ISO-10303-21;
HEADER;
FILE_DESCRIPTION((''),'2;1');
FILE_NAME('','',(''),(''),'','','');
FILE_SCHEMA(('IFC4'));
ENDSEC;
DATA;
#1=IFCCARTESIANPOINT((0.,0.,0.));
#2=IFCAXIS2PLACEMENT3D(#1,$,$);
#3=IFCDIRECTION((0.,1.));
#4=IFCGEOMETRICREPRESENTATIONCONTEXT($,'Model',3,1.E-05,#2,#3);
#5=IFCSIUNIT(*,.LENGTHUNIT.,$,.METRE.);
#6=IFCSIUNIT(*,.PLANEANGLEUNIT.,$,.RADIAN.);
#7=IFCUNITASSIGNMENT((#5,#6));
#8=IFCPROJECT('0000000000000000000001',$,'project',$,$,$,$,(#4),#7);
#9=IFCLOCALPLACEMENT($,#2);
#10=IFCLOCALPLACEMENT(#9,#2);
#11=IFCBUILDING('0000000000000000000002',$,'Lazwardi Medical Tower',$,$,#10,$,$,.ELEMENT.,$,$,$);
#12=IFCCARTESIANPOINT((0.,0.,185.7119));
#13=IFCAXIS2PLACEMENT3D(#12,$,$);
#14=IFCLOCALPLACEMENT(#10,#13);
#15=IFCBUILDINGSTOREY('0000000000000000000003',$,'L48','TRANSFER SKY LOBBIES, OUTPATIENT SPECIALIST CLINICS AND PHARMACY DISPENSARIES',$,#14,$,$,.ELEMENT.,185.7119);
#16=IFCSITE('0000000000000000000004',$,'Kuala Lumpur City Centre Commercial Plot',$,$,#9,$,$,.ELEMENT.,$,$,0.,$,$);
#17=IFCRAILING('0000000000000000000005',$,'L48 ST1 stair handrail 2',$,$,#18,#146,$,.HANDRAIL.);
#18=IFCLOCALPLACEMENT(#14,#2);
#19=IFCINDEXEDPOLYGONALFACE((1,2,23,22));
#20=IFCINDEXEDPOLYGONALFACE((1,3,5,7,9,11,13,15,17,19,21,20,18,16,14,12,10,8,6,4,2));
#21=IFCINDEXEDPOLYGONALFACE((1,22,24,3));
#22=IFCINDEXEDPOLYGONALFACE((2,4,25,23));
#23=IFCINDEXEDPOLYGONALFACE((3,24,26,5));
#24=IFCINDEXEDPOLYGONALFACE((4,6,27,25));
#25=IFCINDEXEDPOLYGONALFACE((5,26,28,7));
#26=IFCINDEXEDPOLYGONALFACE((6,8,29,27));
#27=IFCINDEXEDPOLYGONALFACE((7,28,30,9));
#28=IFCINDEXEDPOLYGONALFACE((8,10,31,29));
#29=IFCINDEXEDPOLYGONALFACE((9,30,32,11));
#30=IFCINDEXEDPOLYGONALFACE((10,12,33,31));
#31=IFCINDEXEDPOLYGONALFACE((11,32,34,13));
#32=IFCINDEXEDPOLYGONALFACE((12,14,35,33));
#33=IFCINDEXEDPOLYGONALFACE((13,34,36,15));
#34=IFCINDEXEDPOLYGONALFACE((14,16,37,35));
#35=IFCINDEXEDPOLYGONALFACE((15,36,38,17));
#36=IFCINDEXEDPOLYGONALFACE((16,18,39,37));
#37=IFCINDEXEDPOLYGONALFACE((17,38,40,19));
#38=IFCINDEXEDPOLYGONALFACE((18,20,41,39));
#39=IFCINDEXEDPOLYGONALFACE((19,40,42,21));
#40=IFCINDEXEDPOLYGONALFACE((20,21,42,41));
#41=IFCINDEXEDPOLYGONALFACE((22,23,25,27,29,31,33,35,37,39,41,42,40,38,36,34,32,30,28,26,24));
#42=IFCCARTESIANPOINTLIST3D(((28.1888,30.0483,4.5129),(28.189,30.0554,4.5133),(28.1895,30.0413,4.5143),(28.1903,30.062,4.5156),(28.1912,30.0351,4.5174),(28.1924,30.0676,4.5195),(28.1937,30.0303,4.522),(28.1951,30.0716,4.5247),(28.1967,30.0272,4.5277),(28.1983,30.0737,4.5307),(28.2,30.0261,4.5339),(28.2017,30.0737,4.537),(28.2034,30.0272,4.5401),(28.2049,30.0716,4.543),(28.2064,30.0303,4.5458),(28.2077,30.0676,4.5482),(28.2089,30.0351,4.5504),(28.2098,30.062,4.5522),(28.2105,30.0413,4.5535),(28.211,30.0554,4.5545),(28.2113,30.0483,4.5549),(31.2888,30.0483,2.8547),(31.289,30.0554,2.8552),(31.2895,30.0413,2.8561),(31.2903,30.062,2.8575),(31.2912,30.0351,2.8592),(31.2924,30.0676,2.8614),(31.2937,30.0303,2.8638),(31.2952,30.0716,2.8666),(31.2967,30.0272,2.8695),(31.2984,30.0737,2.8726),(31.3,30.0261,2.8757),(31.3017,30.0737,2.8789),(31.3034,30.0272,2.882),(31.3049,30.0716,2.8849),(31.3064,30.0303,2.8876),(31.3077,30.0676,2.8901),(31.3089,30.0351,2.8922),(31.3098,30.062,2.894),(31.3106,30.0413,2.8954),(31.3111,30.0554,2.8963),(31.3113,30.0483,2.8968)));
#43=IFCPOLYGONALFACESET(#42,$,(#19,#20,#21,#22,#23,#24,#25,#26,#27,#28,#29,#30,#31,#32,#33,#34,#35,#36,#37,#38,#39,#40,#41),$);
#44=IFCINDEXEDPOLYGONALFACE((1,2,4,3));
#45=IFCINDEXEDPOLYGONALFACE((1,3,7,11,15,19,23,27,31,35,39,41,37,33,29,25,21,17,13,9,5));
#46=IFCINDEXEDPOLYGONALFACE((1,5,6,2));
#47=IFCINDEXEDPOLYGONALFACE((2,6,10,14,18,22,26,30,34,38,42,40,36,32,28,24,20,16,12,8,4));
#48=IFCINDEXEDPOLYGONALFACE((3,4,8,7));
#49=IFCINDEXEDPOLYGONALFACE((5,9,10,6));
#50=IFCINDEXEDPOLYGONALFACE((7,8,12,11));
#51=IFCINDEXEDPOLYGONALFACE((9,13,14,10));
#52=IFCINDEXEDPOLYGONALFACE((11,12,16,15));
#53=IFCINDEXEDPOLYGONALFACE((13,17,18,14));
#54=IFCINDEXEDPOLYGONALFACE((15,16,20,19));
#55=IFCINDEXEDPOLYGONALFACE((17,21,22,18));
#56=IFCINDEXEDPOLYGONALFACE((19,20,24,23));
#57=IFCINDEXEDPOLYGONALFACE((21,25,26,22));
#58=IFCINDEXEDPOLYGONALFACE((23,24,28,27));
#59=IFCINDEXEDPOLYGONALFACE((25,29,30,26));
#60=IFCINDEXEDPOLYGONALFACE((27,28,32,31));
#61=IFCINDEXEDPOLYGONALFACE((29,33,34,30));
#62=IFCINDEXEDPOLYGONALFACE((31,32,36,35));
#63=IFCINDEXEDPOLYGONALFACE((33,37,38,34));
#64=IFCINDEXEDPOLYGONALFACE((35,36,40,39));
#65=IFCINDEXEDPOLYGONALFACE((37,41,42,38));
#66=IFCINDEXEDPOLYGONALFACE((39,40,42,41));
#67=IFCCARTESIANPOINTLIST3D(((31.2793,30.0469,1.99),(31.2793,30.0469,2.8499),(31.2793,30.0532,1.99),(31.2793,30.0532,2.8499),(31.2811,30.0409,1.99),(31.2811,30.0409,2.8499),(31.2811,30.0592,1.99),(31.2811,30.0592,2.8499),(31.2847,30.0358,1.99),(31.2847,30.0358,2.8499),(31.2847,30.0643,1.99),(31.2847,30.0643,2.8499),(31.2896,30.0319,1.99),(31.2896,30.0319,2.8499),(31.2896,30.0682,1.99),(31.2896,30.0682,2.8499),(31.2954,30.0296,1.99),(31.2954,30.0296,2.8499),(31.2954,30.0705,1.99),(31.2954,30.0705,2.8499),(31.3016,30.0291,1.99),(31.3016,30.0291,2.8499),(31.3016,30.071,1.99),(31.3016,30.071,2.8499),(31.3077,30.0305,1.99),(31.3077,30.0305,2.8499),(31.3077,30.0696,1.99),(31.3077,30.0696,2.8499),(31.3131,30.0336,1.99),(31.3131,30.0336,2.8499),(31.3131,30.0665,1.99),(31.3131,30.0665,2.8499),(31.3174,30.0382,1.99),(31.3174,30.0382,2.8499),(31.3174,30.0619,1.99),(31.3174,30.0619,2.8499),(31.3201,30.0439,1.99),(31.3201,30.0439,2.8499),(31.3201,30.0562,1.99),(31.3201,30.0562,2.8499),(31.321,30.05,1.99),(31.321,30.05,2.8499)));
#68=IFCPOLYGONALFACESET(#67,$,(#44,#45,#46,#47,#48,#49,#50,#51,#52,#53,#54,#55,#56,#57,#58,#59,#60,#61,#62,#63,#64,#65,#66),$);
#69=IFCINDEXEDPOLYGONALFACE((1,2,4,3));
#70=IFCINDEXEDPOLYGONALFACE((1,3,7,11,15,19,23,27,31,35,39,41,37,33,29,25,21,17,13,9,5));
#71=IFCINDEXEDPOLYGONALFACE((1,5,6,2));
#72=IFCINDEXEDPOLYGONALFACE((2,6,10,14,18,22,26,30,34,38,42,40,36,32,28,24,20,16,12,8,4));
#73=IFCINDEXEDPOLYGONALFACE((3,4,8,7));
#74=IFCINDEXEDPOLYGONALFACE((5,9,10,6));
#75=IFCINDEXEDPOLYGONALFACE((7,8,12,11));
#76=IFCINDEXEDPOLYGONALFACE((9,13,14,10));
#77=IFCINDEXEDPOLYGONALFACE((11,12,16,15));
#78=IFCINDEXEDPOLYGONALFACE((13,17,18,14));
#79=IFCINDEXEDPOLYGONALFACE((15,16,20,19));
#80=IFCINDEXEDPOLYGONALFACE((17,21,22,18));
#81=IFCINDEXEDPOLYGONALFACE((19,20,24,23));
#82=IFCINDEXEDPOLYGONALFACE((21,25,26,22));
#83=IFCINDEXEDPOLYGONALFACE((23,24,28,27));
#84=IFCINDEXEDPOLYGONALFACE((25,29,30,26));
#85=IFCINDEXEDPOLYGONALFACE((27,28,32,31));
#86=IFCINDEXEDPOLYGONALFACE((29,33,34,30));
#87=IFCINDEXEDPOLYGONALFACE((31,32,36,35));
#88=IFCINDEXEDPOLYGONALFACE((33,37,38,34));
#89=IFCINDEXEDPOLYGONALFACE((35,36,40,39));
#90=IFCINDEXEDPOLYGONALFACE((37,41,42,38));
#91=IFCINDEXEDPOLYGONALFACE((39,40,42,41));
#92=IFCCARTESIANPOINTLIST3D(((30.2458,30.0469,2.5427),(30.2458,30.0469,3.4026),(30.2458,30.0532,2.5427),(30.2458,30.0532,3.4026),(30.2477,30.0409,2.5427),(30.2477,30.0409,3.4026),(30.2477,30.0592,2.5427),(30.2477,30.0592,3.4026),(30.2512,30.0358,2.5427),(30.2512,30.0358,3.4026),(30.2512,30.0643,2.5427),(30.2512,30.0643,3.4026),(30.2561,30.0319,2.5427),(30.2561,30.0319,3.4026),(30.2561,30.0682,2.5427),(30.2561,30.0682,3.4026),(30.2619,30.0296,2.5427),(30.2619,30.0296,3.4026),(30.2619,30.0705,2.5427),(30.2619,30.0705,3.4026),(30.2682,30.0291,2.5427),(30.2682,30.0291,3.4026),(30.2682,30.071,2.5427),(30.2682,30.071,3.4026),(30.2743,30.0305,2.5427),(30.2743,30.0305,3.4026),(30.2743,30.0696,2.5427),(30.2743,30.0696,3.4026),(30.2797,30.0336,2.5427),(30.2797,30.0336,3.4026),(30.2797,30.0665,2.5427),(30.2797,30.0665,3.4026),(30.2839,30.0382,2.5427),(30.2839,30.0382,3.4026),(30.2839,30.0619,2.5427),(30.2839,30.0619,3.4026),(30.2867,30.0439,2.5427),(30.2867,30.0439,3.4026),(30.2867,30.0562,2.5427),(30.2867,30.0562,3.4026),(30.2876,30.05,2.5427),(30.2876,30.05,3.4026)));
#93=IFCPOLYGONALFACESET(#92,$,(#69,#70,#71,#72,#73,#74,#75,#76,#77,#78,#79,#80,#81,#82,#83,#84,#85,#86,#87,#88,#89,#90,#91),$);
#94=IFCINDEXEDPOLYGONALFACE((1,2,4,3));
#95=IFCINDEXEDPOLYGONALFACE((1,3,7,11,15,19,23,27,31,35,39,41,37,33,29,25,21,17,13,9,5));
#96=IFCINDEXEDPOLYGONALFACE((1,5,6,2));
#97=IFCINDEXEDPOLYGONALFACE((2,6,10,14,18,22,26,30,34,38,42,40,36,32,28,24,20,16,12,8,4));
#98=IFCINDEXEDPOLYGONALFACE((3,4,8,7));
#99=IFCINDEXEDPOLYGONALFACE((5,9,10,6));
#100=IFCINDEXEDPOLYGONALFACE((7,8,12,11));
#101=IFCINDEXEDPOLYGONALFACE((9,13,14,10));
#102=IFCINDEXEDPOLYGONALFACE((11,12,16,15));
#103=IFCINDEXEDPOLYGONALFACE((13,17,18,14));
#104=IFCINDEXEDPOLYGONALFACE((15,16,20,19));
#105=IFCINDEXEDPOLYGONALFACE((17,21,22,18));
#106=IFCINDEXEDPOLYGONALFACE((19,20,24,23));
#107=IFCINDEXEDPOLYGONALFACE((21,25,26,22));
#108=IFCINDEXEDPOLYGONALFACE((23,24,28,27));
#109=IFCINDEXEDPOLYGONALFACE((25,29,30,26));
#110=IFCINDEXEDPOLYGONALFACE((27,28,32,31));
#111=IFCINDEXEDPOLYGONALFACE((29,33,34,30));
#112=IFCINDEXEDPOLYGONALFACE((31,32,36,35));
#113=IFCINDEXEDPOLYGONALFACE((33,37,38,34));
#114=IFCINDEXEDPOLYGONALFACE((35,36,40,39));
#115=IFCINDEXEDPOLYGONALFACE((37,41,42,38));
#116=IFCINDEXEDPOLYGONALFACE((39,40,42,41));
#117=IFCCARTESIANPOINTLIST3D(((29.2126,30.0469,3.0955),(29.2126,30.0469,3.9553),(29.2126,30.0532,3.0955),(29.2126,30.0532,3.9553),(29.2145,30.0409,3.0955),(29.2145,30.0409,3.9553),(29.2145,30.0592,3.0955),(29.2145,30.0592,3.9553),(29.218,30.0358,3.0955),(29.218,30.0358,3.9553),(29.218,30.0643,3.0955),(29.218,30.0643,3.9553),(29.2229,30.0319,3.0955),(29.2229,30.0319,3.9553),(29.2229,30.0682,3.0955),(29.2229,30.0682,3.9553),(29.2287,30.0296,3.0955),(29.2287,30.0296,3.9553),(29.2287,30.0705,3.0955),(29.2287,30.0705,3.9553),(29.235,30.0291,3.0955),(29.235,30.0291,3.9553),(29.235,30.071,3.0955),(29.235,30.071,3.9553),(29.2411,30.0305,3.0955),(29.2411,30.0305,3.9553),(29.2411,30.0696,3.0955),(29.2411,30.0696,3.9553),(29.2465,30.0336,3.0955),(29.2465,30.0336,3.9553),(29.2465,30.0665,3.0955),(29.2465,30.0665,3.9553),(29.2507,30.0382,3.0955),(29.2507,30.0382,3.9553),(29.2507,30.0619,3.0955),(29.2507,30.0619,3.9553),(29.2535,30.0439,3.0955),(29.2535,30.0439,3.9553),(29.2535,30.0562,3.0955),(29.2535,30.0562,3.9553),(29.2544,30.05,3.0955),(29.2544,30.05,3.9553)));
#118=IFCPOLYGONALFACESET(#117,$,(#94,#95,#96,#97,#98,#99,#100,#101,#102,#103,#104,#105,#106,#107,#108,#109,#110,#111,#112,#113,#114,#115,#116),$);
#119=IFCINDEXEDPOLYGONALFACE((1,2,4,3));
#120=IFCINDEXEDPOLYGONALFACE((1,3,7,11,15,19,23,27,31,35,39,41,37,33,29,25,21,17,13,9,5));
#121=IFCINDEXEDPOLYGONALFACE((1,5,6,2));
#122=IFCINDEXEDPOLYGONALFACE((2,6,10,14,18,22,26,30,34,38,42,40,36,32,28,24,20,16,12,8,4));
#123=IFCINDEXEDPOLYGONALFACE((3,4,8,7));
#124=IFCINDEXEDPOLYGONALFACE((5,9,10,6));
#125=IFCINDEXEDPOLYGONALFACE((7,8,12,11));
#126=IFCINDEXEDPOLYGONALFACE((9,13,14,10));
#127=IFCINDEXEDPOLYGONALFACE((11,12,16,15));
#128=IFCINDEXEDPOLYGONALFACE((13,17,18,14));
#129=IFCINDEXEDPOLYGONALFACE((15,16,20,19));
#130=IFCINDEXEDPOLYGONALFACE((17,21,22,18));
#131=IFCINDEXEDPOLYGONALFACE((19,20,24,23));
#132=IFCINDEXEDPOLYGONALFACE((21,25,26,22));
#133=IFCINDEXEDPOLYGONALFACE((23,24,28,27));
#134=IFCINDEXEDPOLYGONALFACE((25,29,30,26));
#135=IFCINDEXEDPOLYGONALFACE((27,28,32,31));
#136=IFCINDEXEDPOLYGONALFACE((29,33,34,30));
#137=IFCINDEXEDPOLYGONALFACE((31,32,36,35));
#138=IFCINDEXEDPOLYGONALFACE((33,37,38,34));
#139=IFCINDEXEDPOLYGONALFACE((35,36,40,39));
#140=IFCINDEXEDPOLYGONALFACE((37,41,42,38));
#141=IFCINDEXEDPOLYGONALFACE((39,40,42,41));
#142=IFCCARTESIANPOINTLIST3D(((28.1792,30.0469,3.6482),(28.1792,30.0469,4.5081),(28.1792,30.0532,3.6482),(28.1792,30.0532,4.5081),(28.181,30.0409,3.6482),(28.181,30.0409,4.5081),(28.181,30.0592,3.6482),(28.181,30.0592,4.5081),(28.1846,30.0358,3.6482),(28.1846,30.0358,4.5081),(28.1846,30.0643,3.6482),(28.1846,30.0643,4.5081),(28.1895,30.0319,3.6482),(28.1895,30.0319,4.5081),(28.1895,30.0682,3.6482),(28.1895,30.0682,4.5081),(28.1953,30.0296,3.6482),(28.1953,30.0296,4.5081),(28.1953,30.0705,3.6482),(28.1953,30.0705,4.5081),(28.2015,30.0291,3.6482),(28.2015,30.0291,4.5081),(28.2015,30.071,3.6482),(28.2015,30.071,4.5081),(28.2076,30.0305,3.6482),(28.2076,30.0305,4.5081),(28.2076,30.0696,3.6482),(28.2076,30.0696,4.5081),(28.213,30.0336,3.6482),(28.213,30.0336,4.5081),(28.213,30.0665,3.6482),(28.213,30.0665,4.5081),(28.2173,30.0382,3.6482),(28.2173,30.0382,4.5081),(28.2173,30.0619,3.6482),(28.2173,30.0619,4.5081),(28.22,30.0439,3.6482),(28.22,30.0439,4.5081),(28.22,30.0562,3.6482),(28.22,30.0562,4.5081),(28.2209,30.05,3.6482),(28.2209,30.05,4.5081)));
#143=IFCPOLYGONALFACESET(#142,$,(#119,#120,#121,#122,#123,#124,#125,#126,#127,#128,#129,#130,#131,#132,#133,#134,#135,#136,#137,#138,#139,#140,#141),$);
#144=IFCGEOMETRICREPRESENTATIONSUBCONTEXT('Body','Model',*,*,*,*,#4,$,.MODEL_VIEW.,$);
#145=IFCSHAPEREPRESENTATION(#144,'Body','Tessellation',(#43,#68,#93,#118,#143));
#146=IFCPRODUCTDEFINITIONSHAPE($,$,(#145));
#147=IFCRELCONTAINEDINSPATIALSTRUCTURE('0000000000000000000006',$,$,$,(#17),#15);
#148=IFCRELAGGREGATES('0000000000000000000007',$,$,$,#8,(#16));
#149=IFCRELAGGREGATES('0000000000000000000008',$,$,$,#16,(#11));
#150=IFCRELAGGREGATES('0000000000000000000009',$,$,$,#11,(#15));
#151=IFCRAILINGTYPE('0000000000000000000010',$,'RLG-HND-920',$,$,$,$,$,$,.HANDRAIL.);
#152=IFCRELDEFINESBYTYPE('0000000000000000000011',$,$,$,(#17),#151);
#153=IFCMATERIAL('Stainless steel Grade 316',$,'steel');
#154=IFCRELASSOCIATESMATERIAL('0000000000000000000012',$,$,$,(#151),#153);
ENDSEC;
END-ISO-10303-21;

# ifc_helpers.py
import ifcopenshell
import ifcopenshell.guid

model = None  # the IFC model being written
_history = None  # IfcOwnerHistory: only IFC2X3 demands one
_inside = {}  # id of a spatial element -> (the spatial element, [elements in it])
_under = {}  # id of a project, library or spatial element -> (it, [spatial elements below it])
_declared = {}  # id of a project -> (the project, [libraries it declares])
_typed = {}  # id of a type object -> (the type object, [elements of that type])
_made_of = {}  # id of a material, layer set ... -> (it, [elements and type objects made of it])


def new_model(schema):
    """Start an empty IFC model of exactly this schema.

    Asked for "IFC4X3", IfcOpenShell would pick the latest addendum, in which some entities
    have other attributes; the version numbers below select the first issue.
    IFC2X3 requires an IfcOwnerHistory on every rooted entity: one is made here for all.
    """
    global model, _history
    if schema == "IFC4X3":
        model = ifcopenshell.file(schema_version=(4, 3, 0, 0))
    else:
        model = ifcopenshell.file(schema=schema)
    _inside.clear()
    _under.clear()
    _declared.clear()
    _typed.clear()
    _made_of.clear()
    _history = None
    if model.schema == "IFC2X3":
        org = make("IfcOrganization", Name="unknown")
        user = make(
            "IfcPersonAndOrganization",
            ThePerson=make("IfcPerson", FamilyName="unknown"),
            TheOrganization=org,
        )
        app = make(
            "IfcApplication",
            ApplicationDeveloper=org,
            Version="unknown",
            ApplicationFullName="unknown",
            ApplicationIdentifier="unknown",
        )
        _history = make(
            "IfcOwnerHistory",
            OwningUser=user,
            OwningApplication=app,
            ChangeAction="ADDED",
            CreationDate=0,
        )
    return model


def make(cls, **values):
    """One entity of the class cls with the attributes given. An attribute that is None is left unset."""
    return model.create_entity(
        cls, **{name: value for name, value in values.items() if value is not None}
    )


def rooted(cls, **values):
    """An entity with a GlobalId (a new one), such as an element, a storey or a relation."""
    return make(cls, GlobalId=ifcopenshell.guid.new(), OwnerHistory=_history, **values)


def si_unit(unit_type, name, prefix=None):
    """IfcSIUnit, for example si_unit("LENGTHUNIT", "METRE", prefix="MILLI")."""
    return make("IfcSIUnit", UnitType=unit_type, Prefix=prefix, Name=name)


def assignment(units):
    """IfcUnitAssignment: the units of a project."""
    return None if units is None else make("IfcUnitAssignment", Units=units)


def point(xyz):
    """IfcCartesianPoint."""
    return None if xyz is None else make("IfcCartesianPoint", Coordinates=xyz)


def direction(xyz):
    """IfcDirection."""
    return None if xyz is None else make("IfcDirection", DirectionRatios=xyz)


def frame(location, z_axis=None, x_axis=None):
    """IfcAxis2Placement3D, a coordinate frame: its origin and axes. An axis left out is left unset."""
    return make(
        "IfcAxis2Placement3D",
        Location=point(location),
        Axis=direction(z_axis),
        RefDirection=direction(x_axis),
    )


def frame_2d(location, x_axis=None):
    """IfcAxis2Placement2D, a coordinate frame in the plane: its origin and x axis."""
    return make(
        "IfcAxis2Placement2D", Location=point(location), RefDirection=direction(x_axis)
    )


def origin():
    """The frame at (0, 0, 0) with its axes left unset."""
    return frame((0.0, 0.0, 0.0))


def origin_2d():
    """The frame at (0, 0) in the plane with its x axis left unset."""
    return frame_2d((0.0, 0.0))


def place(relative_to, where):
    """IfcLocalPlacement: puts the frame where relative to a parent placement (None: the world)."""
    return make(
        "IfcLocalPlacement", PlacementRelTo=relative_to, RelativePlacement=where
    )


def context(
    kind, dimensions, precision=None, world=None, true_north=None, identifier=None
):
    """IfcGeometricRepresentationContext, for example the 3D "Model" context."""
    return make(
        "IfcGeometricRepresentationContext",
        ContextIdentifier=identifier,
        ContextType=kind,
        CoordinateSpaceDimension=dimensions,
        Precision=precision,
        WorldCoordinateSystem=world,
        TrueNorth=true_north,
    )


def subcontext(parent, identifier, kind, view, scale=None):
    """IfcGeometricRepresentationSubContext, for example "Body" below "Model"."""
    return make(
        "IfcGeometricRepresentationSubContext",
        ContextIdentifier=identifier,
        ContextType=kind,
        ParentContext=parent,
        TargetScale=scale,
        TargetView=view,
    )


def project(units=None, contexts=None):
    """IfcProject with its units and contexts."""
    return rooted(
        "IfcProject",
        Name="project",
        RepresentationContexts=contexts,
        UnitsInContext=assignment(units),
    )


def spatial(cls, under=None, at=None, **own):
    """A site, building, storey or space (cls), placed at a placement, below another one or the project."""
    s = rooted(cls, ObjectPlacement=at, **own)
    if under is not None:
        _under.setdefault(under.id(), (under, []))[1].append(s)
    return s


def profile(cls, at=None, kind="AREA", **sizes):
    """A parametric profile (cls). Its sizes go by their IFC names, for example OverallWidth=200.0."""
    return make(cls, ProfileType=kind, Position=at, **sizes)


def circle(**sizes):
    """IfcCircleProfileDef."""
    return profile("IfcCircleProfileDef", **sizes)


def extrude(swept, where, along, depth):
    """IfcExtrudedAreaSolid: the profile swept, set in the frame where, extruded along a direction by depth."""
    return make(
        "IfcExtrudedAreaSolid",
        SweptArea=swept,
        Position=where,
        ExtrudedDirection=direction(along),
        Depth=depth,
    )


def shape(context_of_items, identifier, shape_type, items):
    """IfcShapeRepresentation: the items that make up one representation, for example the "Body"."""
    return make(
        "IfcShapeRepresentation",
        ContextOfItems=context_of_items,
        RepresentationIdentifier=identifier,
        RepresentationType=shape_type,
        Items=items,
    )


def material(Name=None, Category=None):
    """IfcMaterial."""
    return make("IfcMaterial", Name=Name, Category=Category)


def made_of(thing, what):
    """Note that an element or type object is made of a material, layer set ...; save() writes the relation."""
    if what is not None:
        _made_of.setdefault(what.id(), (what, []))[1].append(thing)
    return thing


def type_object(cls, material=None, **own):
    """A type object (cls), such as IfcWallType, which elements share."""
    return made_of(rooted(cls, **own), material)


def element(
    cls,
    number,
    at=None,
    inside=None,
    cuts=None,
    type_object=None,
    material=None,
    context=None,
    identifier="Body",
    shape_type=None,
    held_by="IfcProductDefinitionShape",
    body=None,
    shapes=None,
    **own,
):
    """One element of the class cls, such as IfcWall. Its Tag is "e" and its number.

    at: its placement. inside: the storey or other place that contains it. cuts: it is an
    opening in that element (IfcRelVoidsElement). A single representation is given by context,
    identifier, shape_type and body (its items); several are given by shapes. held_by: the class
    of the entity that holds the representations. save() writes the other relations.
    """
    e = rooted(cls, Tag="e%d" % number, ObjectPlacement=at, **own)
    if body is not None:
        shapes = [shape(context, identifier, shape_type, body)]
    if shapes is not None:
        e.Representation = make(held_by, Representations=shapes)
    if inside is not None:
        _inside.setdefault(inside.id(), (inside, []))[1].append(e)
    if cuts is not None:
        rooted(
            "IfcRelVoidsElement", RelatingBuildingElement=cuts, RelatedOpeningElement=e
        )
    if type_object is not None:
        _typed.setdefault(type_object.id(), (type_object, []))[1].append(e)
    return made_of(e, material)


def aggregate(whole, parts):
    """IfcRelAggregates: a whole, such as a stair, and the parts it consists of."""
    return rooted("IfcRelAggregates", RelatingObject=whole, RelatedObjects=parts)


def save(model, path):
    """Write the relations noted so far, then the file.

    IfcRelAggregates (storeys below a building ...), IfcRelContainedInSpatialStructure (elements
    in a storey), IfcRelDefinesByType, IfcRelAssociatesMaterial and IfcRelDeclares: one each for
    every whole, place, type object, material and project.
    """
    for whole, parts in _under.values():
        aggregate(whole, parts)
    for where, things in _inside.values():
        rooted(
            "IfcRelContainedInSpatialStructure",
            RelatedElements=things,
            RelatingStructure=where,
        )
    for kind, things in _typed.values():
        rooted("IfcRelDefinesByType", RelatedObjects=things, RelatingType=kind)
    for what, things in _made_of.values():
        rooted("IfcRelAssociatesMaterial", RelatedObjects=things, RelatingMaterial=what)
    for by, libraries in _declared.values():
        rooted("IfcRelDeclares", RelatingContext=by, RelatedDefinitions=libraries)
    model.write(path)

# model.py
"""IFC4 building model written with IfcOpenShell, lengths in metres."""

from ifc_helpers import new_model, si_unit, direction, frame, origin, origin_2d, place, context, subcontext, project, spatial, circle, extrude, material, type_object, element, save


model = new_model("IFC4")

# Units and contexts
model_context = context("Model", 3, precision=1e-05, world=origin(), true_north=direction((0.0, 1.0)))
body_context = subcontext(model_context, "Body", "Model", "MODEL_VIEW")
ifc_project = project(units=[si_unit("LENGTHUNIT", "METRE"), si_unit("PLANEANGLEUNIT", "RADIAN")], contexts=[model_context])

# Site, building, storey
site_placement = place(None, origin())
site = spatial("IfcSite", under=ifc_project, at=site_placement, Name="Kuala Lumpur City Centre Commercial Plot", CompositionType="ELEMENT", RefElevation=0.0)
building_placement = place(site_placement, origin())
building = spatial("IfcBuilding", under=site, at=building_placement, Name="Lazwardi Medical Tower", CompositionType="ELEMENT")
storey_placement = place(building_placement, frame((0.0, 0.0, 185.7119)))
storey = spatial("IfcBuildingStorey", under=building, at=storey_placement, Name="L48", Description="TRANSFER SKY LOBBIES, OUTPATIENT SPECIALIST CLINICS AND PHARMACY DISPENSARIES", CompositionType="ELEMENT", Elevation=185.7119)

# Railing
ifc_material_1 = material(Name="Stainless steel Grade 316", Category="steel")
railing_type_1 = type_object("IfcRailingType", Name="RLG-HND-920", PredefinedType="HANDRAIL", material=ifc_material_1)
railing_1_placement = place(storey_placement, frame((31.3, 30.05, 1.99)))
element("IfcRailing", 1, at=railing_1_placement, inside=storey, type_object=railing_type_1, Name="L48 ST1 stair handrail 2", PredefinedType="HANDRAIL", context=body_context, shape_type="SweptSolid", body=[
    extrude(circle(Radius=0.0239, at=origin_2d()), frame((0.0, 0.0, 0.8857), z_axis=(-0.881783, 0.0, 0.471655), x_axis=(0.0, -1.0, 0.0)), (0.0, 0.0, 1.0), 3.5156),
    extrude(circle(Radius=0.021, at=origin_2d()), origin(), (0.0, 0.0, 1.0), 0.8599),
    extrude(circle(Radius=0.021, at=origin_2d()), frame((-1.0334, 0.0, 0.5527)), (0.0, 0.0, 1.0), 0.8599),
    extrude(circle(Radius=0.021, at=origin_2d()), frame((-2.0667, 0.0, 1.1055)), (0.0, 0.0, 1.0), 0.8599),
    extrude(circle(Radius=0.021, at=origin_2d()), frame((-3.1001, 0.0, 1.6582)), (0.0, 0.0, 1.0), 0.8599),
])

save(model, "model.ifc")
